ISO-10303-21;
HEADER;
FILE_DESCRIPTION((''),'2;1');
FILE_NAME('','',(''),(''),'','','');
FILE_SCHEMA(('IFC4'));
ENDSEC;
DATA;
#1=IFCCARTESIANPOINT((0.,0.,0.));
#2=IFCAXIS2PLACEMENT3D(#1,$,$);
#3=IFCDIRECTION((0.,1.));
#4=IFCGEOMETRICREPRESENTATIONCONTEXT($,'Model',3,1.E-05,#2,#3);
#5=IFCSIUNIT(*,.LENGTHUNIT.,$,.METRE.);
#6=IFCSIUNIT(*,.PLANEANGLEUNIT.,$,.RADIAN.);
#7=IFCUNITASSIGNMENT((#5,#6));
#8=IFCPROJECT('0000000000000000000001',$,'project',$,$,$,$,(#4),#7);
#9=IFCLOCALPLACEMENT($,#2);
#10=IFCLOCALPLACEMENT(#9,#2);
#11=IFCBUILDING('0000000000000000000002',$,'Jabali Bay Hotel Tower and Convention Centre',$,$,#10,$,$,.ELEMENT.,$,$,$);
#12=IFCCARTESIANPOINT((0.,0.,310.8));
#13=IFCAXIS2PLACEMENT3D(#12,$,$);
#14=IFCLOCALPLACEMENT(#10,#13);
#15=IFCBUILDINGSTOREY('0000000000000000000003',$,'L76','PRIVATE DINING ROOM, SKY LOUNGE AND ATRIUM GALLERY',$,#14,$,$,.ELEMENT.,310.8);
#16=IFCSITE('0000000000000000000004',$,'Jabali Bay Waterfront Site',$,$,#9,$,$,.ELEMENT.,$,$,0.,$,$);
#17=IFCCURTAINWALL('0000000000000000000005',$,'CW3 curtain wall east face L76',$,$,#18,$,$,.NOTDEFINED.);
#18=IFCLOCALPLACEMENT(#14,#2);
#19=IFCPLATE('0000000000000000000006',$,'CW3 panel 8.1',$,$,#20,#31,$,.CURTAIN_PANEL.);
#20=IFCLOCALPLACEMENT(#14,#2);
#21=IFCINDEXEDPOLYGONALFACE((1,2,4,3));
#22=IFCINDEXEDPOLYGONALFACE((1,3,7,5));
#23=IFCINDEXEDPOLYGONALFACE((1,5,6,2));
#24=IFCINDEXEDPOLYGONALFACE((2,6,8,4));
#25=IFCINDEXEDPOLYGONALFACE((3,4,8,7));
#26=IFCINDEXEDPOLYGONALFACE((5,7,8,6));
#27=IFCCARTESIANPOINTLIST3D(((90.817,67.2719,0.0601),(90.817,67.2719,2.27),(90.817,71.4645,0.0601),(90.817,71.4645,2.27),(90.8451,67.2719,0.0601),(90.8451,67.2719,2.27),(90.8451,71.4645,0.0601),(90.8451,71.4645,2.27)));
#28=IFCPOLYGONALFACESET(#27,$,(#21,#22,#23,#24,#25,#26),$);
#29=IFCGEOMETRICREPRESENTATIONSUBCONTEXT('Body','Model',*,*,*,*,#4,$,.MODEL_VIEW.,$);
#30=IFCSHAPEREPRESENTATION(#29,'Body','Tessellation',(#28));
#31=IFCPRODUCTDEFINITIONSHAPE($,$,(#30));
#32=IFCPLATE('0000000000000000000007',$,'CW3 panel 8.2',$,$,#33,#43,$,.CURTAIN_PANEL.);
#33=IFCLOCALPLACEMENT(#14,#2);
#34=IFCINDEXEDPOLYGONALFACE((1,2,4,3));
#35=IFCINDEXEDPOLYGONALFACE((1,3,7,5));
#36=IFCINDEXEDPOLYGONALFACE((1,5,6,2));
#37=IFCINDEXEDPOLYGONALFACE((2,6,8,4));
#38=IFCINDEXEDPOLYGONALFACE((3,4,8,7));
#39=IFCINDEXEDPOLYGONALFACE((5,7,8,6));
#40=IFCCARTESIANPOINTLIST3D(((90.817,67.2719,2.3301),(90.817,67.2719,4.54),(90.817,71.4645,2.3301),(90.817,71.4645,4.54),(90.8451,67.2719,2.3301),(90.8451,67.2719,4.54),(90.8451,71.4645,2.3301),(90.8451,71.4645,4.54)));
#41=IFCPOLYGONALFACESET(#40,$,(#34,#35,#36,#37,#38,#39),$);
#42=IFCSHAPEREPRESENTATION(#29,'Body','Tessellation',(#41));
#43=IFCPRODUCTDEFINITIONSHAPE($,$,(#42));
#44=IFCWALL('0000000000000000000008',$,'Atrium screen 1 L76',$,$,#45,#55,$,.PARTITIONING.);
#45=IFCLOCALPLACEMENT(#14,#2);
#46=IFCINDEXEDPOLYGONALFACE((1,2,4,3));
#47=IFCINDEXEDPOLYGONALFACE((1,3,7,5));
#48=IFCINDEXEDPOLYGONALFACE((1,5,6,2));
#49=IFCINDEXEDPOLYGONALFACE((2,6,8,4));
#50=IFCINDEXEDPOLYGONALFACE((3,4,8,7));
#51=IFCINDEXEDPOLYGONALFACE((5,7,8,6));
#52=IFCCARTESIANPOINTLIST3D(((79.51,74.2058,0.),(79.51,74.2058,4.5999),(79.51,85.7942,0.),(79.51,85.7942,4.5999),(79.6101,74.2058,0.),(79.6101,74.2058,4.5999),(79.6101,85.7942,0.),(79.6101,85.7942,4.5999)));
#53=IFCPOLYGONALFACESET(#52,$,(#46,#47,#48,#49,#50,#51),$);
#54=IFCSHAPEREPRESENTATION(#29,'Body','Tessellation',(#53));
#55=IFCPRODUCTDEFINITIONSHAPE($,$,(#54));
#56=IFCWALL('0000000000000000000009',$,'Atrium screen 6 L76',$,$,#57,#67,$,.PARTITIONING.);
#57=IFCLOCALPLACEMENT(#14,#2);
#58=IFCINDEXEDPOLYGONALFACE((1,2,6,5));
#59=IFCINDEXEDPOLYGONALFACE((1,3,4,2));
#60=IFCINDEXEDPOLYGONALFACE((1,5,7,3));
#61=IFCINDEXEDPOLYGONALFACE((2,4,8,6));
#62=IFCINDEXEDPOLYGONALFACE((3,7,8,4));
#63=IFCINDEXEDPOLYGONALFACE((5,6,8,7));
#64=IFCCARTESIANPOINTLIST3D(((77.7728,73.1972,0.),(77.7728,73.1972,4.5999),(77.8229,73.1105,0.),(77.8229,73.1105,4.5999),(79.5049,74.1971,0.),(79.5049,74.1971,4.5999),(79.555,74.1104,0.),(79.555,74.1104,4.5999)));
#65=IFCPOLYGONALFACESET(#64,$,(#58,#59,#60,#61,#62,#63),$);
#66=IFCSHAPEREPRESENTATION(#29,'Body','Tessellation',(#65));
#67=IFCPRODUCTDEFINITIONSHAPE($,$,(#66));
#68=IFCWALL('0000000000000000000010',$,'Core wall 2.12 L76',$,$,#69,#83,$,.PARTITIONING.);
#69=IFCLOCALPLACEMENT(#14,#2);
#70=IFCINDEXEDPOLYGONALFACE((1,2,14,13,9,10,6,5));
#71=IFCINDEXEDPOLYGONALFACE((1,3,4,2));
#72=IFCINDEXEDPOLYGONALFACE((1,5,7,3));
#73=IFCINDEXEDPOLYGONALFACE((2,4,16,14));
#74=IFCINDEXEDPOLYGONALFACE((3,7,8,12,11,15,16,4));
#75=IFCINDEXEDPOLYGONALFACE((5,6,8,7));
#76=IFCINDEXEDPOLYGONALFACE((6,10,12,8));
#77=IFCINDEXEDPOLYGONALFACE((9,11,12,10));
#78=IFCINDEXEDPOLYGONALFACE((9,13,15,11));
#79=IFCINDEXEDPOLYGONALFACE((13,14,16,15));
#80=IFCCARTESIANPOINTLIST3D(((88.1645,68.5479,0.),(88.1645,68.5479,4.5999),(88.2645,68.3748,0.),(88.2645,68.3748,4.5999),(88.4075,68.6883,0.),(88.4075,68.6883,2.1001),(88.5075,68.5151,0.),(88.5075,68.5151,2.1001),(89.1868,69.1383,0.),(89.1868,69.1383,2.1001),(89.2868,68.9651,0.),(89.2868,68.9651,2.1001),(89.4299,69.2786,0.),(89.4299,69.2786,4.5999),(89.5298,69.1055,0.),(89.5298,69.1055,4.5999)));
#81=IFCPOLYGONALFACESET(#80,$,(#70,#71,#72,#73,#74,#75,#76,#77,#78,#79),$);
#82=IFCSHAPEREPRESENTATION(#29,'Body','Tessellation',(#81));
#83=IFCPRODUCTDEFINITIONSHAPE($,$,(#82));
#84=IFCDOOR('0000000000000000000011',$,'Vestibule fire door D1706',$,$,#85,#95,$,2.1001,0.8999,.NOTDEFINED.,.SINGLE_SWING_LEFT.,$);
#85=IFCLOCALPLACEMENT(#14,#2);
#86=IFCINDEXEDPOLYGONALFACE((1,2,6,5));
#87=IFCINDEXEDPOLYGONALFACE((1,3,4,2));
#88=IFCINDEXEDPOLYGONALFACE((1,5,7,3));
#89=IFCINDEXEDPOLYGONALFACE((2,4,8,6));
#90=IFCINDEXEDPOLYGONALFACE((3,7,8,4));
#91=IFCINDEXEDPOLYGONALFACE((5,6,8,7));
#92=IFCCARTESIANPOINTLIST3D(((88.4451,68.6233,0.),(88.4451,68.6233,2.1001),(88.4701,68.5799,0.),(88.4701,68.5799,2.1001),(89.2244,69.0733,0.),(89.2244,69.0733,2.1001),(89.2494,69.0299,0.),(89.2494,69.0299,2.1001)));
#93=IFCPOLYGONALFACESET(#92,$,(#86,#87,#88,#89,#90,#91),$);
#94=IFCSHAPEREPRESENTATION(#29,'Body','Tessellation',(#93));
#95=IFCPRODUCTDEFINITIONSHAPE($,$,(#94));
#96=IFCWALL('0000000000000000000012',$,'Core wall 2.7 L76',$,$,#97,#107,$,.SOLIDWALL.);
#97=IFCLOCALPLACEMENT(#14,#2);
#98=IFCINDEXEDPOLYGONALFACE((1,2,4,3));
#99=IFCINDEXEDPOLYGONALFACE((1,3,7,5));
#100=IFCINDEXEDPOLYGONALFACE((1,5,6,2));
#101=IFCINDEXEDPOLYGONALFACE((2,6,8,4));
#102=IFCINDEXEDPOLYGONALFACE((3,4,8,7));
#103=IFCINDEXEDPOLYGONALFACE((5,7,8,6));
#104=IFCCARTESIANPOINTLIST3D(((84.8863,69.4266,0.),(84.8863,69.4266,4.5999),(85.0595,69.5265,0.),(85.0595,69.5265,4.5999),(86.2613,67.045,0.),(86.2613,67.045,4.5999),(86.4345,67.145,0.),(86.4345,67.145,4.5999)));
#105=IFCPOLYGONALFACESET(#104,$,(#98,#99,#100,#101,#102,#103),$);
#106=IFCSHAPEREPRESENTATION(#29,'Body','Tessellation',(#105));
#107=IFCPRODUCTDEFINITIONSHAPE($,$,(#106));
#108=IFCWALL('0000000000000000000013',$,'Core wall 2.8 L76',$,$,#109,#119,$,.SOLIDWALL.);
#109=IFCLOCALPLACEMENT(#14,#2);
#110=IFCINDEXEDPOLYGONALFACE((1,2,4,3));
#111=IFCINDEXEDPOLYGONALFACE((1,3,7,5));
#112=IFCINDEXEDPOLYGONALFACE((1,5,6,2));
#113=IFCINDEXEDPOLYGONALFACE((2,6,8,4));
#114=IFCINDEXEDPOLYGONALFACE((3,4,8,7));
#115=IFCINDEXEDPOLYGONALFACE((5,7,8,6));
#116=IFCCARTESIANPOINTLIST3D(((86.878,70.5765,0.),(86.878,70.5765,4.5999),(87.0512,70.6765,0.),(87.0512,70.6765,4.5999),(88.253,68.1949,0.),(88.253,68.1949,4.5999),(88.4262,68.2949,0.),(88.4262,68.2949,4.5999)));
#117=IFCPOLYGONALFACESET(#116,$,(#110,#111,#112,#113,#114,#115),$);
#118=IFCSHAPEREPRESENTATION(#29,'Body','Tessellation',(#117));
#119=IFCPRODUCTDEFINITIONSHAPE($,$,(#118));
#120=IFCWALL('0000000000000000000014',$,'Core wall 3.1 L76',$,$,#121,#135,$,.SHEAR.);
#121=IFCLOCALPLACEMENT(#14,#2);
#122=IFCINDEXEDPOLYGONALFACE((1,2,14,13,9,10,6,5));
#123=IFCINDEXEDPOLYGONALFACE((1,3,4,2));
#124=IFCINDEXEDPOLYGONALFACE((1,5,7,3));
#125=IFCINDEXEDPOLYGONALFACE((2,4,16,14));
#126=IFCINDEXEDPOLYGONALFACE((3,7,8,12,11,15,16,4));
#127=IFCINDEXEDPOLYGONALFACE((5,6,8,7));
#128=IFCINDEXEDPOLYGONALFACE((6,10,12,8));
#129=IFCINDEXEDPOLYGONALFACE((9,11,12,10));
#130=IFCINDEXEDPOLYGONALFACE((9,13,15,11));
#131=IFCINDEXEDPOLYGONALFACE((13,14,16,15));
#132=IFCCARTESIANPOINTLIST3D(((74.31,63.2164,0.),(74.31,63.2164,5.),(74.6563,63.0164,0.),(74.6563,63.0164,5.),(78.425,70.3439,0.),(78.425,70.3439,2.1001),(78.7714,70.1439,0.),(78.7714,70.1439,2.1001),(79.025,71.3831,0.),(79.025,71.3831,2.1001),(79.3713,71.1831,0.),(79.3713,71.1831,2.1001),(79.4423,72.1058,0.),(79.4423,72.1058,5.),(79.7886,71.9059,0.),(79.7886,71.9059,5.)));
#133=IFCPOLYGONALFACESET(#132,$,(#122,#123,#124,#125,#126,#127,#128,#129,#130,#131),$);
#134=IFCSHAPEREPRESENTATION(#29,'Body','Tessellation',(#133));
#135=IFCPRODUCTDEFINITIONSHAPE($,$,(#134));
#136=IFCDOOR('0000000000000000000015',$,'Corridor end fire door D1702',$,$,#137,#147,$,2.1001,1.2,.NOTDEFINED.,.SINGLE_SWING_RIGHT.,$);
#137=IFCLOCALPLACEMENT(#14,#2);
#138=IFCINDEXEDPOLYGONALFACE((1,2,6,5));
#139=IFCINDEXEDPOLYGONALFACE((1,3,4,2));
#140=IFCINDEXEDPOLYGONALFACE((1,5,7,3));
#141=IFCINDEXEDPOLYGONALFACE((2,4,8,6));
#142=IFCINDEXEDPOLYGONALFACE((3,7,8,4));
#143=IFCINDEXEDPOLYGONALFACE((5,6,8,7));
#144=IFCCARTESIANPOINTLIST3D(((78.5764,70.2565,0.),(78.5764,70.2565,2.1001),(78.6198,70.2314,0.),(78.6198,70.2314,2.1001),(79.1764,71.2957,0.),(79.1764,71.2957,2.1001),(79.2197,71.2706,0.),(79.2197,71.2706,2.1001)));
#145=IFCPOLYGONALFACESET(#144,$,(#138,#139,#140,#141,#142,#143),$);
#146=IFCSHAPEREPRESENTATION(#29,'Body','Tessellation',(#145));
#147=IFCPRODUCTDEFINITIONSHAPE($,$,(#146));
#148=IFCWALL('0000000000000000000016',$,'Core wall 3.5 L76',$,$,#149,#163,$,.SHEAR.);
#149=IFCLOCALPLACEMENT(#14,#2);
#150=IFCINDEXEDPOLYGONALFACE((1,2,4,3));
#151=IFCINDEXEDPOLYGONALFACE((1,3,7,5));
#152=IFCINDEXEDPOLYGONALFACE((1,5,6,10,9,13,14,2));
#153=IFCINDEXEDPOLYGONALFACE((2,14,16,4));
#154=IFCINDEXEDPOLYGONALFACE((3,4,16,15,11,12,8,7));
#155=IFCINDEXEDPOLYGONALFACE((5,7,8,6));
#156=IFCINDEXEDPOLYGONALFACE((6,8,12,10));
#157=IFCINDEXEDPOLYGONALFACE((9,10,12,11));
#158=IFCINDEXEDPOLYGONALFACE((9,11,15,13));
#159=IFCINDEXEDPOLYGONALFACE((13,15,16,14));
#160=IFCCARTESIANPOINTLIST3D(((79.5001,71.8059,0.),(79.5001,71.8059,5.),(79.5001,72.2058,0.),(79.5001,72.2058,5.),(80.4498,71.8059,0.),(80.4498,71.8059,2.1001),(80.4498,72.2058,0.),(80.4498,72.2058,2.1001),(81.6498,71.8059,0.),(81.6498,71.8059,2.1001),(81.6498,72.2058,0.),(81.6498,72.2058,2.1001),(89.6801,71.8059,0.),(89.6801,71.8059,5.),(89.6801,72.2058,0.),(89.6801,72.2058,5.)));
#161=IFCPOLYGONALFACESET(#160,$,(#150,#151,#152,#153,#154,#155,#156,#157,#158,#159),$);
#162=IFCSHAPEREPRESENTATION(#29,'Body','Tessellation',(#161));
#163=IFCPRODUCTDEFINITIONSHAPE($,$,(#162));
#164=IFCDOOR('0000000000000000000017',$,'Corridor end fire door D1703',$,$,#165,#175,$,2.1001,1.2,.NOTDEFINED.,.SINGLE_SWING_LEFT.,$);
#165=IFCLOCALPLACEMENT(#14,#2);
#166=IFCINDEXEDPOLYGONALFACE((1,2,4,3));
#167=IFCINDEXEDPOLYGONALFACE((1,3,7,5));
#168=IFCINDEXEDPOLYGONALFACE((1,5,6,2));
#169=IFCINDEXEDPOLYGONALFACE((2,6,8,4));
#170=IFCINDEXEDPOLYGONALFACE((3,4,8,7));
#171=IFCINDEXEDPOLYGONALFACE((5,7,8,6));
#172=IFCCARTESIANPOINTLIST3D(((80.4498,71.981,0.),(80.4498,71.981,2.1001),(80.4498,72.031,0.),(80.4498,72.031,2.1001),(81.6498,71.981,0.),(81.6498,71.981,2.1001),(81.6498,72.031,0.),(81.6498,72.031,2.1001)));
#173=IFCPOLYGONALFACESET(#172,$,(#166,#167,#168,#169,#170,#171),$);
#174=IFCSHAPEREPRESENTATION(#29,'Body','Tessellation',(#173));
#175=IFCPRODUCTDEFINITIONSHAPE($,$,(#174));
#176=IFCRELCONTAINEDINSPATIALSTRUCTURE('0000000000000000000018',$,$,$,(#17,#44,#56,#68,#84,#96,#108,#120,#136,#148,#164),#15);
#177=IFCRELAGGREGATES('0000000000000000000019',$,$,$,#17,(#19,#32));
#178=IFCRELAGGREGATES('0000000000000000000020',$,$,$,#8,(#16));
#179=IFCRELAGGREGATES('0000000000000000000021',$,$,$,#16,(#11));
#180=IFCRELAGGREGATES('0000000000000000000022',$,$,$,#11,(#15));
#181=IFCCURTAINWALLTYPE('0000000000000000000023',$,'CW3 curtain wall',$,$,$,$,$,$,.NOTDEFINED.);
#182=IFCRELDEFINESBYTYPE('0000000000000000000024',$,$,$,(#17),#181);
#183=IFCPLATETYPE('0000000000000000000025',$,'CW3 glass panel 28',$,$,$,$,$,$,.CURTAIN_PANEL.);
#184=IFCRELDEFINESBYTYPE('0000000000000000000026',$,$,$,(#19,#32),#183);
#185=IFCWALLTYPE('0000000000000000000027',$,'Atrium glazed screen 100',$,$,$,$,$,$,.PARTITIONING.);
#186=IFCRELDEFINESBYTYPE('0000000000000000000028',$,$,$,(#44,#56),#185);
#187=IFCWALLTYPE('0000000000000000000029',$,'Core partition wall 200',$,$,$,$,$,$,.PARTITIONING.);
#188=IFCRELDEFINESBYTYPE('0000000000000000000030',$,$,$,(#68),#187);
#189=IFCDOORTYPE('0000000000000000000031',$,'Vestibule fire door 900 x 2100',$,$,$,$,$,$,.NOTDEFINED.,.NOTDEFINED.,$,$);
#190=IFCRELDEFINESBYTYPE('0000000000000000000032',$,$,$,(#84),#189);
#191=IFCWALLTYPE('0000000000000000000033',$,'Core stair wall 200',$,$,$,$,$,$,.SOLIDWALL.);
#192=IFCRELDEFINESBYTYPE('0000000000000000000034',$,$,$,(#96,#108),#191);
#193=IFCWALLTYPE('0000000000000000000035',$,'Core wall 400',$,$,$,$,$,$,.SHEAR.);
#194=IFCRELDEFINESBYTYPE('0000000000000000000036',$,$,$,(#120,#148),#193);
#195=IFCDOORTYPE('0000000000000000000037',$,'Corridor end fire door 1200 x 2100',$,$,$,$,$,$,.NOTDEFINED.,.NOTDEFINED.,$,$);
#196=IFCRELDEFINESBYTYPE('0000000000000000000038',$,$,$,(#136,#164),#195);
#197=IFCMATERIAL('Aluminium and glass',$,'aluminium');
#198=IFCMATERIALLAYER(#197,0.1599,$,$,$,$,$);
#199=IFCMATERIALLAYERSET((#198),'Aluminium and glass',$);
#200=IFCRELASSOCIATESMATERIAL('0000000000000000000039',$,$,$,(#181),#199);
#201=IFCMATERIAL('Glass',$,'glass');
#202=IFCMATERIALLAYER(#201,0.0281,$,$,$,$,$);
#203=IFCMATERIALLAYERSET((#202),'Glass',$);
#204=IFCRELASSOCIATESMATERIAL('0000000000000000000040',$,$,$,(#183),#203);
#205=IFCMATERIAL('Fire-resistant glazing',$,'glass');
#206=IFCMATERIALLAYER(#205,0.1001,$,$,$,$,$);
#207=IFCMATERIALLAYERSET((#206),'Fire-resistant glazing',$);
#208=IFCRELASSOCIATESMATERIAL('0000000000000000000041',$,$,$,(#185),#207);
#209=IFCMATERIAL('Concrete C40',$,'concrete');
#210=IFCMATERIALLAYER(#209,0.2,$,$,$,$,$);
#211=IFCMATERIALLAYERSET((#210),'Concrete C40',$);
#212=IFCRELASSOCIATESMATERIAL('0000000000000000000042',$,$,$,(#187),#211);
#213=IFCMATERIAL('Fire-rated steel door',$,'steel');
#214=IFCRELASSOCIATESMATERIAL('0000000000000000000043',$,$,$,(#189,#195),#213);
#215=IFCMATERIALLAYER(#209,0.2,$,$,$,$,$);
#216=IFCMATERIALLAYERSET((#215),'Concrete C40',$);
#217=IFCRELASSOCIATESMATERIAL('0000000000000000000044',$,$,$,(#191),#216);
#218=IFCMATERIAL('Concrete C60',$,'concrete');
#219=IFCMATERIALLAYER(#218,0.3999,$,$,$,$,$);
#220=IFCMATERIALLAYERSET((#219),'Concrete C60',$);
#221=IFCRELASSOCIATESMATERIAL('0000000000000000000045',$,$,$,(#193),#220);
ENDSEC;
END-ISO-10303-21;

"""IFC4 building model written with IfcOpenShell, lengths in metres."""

from ifc_helpers import new_model, si_unit, direction, frame, frame_2d, origin, origin_2d, place, context, subcontext, project, spatial, rectangle, extrude, material, layer, layer_set, type_object, element, fill, aggregate, save


model = new_model("IFC4")

# Units and contexts
model_context = context("Model", 3, precision=1e-05, world=origin(), true_north=direction((0.0, 1.0)))
body_context = subcontext(model_context, "Body", "Model", "MODEL_VIEW")
ifc_project = project(units=[si_unit("LENGTHUNIT", "METRE"), si_unit("PLANEANGLEUNIT", "RADIAN")], contexts=[model_context])

# Site, building, storey
site_placement = place(None, origin())
site = spatial("IfcSite", under=ifc_project, at=site_placement, Name="Jabali Bay Waterfront Site", CompositionType="ELEMENT", RefElevation=0.0)
building_placement = place(site_placement, origin())
building = spatial("IfcBuilding", under=site, at=building_placement, Name="Jabali Bay Hotel Tower and Convention Centre", CompositionType="ELEMENT")
storey_placement = place(building_placement, frame((0.0, 0.0, 310.8)))
storey = spatial("IfcBuildingStorey", under=building, at=storey_placement, Name="L76", Description="PRIVATE DINING ROOM, SKY LOUNGE AND ATRIUM GALLERY", CompositionType="ELEMENT", Elevation=310.8)

# Shared definitions
ifc_material_1 = material(Name="Concrete C60", Category="concrete")

# Curtain wall
ifc_material_2 = material(Name="Aluminium and glass", Category="aluminium")
ifc_layer_1 = layer(ifc_material_2, 0.1599)
ifc_layer_set_1 = layer_set([ifc_layer_1], Name="Aluminium and glass")
curtain_wall_type = type_object("IfcCurtainWallType", Name="CW3 curtain wall", PredefinedType="NOTDEFINED", material=ifc_layer_set_1)
curtain_wall_placement = place(storey_placement, origin())
curtain_wall = element("IfcCurtainWall", 1, at=curtain_wall_placement, inside=storey, type_object=curtain_wall_type, Name="CW3 curtain wall east face L76", PredefinedType="NOTDEFINED")

# Plates
ifc_material_3 = material(Name="Glass", Category="glass")
ifc_layer_2 = layer(ifc_material_3, 0.0281)
ifc_layer_set_2 = layer_set([ifc_layer_2], Name="Glass")
plate_type = type_object("IfcPlateType", Name="CW3 glass panel 28", PredefinedType="CURTAIN_PANEL", material=ifc_layer_set_2)
plate_1_placement = place(storey_placement, frame((90.8311, 69.3682, 0.0601), z_axis=(0.0, 0.0, 1.0), x_axis=(0.0, -1.0, 0.0)))
plate_1 = element("IfcPlate", 2, at=plate_1_placement, type_object=plate_type, Name="CW3 panel 8.1", PredefinedType="CURTAIN_PANEL", context=body_context, shape_type="SweptSolid", body=[
    extrude(rectangle(XDim=4.1926, YDim=0.0281, at=origin_2d()), origin(), (0.0, 0.0, 1.0), 2.21),
])
plate_2_placement = place(storey_placement, frame((90.8311, 69.3682, 2.3301), z_axis=(0.0, 0.0, 1.0), x_axis=(0.0, -1.0, 0.0)))
plate_2 = element("IfcPlate", 3, at=plate_2_placement, type_object=plate_type, Name="CW3 panel 8.2", PredefinedType="CURTAIN_PANEL", context=body_context, shape_type="SweptSolid", body=[
    extrude(rectangle(XDim=4.1926, YDim=0.0281, at=origin_2d()), origin(), (0.0, 0.0, 1.0), 2.21),
])
aggregate(curtain_wall, [plate_1, plate_2])

# Walls
ifc_material_4 = material(Name="Fire-resistant glazing", Category="glass")
ifc_layer_3 = layer(ifc_material_4, 0.1001)
ifc_layer_set_3 = layer_set([ifc_layer_3], Name="Fire-resistant glazing")
wall_type_1 = type_object("IfcWallType", Name="Atrium glazed screen 100", PredefinedType="PARTITIONING", material=ifc_layer_set_3)
wall_1_placement = place(storey_placement, frame((79.5601, 74.2058, 0.0), z_axis=(0.0, 0.0, 1.0), x_axis=(0.0, 1.0, 0.0)))
element("IfcWall", 4, at=wall_1_placement, inside=storey, type_object=wall_type_1, Name="Atrium screen 1 L76", PredefinedType="PARTITIONING", context=body_context, shape_type="SweptSolid", body=[
    extrude(rectangle(XDim=11.5884, YDim=0.1001, at=frame_2d((5.7942, 0.0))), origin(), (0.0, 0.0, 1.0), 4.5999),
])
wall_2_placement = place(storey_placement, frame((77.7979, 73.1538, 0.0), z_axis=(0.0, 0.0, 1.0), x_axis=(0.866041, 0.499973, 0.0)))
element("IfcWall", 5, at=wall_2_placement, inside=storey, type_object=wall_type_1, Name="Atrium screen 6 L76", PredefinedType="PARTITIONING", context=body_context, shape_type="SweptSolid", body=[
    extrude(rectangle(XDim=2.0, YDim=0.1001, at=frame_2d((1.0, 0.0))), origin(), (0.0, 0.0, 1.0), 4.5999),
])

# Wall, opening, door
ifc_material_5 = material(Name="Concrete C40", Category="concrete")
ifc_layer_4 = layer(ifc_material_5, 0.2)
ifc_layer_set_4 = layer_set([ifc_layer_4], Name="Concrete C40")
wall_type_2 = type_object("IfcWallType", Name="Core partition wall 200", PredefinedType="PARTITIONING", material=ifc_layer_set_4)
wall_3_placement = place(storey_placement, frame((88.2146, 68.4614, 0.0), z_axis=(0.0, 0.0, 1.0), x_axis=(0.865982, 0.500074, 0.0)))
wall_3 = element("IfcWall", 6, at=wall_3_placement, inside=storey, type_object=wall_type_2, Name="Core wall 2.12 L76", PredefinedType="PARTITIONING", context=body_context, shape_type="SweptSolid", body=[
    extrude(rectangle(XDim=1.4612, YDim=0.2, at=frame_2d((0.7305, 0.0))), origin(), (0.0, 0.0, 1.0), 4.5999),
])
opening_1_placement = place(wall_3_placement, frame((0.2805, 0.0, 0.0)))
opening_1 = element("IfcOpeningElement", 7, at=opening_1_placement, cuts=wall_3, PredefinedType="OPENING", context=body_context, shape_type="SweptSolid", body=[
    extrude(rectangle(XDim=0.8999, YDim=2.1001, at=frame_2d((0.45, 1.05))), frame((0.0, 0.1104, 0.0), z_axis=(0.0, -1.0, 0.0), x_axis=(1.0, 0.0, 0.0)), (0.0, 0.0, 1.0), 0.2209),
])
ifc_material_6 = material(Name="Fire-rated steel door", Category="steel")
door_type_1 = type_object("IfcDoorType", Name="Vestibule fire door 900 x 2100", OperationType="NOTDEFINED", PredefinedType="NOTDEFINED", material=ifc_material_6)
door_1_placement = place(opening_1_placement, origin())
door_1 = element("IfcDoor", 8, at=door_1_placement, inside=storey, type_object=door_type_1, Name="Vestibule fire door D1706", OperationType="SINGLE_SWING_LEFT", OverallHeight=2.1001, OverallWidth=0.8999, PredefinedType="NOTDEFINED", context=body_context, shape_type="SweptSolid", body=[
    extrude(rectangle(XDim=0.8999, YDim=2.1001, at=frame_2d((0.45, 1.05))), frame((0.0, 0.0249, 0.0), z_axis=(0.0, -1.0, 0.0), x_axis=(1.0, 0.0, 0.0)), (0.0, 0.0, 1.0), 0.05),
])
fill(opening_1, door_1)

# Walls
ifc_layer_5 = layer(ifc_material_5, 0.2)
ifc_layer_set_5 = layer_set([ifc_layer_5], Name="Concrete C40")
wall_type_3 = type_object("IfcWallType", Name="Core stair wall 200", PredefinedType="SOLIDWALL", material=ifc_layer_set_5)
for number, where, z_axis, x_axis, name in (
    (9, (84.9729, 69.4766, 0.0), (0.0, 0.0, 1.0), (0.499997, -0.866027, 0.0), "Core wall 2.7 L76"),
    (10, (86.9646, 70.6265, 0.0), (0.0, 0.0, 1.0), (0.499997, -0.866027, 0.0), "Core wall 2.8 L76"),
):
    element("IfcWall", number, at=place(storey_placement, frame(where, z_axis=z_axis, x_axis=x_axis)), inside=storey, type_object=wall_type_3, Name=name, PredefinedType="SOLIDWALL", context=body_context, shape_type="SweptSolid", body=[
        extrude(rectangle(XDim=2.75, YDim=0.2, at=frame_2d((1.375, 0.0))), origin(), (0.0, 0.0, 1.0), 4.5999),
    ])

# Walls, openings, doors
ifc_layer_6 = layer(ifc_material_1, 0.3999)
ifc_layer_set_6 = layer_set([ifc_layer_6], Name="Concrete C60")
wall_type_4 = type_object("IfcWallType", Name="Core wall 400", PredefinedType="SHEAR", material=ifc_layer_set_6)
wall_4_placement = place(storey_placement, frame((79.6155, 72.0059, 0.0), z_axis=(0.0, 0.0, 1.0), x_axis=(-0.500002, -0.866024, 0.0)))
wall_4 = element("IfcWall", 11, at=wall_4_placement, inside=storey, type_object=wall_type_4, Name="Core wall 3.1 L76", PredefinedType="SHEAR", context=body_context, shape_type="SweptSolid", body=[
    extrude(rectangle(XDim=10.2646, YDim=0.3999, at=frame_2d((5.1323, 0.0))), origin(), (0.0, 0.0, 1.0), 5.0),
])
opening_2_placement = place(wall_4_placement, frame((0.8345, 0.0, 0.0)))
opening_2 = element("IfcOpeningElement", 12, at=opening_2_placement, cuts=wall_4, PredefinedType="OPENING", context=body_context, shape_type="SweptSolid", body=[
    extrude(rectangle(XDim=1.2, YDim=2.1001, at=frame_2d((0.6001, 1.05))), frame((0.0, 0.2104, 0.0), z_axis=(0.0, -1.0, 0.0), x_axis=(1.0, 0.0, 0.0)), (0.0, 0.0, 1.0), 0.4209),
])
door_type_2 = type_object("IfcDoorType", Name="Corridor end fire door 1200 x 2100", OperationType="NOTDEFINED", PredefinedType="NOTDEFINED", material=ifc_material_6)
door_2_placement = place(opening_2_placement, origin())
door_2 = element("IfcDoor", 13, at=door_2_placement, inside=storey, type_object=door_type_2, Name="Corridor end fire door D1702", OperationType="SINGLE_SWING_RIGHT", OverallHeight=2.1001, OverallWidth=1.2, PredefinedType="NOTDEFINED", context=body_context, shape_type="SweptSolid", body=[
    extrude(rectangle(XDim=1.2, YDim=2.1001, at=frame_2d((0.6001, 1.05))), frame((0.0, 0.0249, 0.0), z_axis=(0.0, -1.0, 0.0), x_axis=(1.0, 0.0, 0.0)), (0.0, 0.0, 1.0), 0.05),
])
fill(opening_2, door_2)
wall_5_placement = place(storey_placement, frame((89.6799, 72.0059, 0.0), z_axis=(0.0, 0.0, 1.0), x_axis=(-1.0, 0.0, 0.0)))
wall_5 = element("IfcWall", 14, at=wall_5_placement, inside=storey, type_object=wall_type_4, Name="Core wall 3.5 L76", PredefinedType="SHEAR", context=body_context, shape_type="SweptSolid", body=[
    extrude(rectangle(XDim=10.1799, YDim=0.3999, at=frame_2d((5.0898, 0.0))), origin(), (0.0, 0.0, 1.0), 5.0),
])
opening_3_placement = place(wall_5_placement, frame((8.03, 0.0, 0.0)))
opening_3 = element("IfcOpeningElement", 15, at=opening_3_placement, cuts=wall_5, PredefinedType="OPENING", context=body_context, shape_type="SweptSolid", body=[
    extrude(rectangle(XDim=1.2, YDim=2.1001, at=frame_2d((0.6001, 1.05))), frame((0.0, 0.2104, 0.0), z_axis=(0.0, -1.0, 0.0), x_axis=(1.0, 0.0, 0.0)), (0.0, 0.0, 1.0), 0.4209),
])
door_3_placement = place(opening_3_placement, origin())
door_3 = element("IfcDoor", 16, at=door_3_placement, inside=storey, type_object=door_type_2, Name="Corridor end fire door D1703", OperationType="SINGLE_SWING_LEFT", OverallHeight=2.1001, OverallWidth=1.2, PredefinedType="NOTDEFINED", context=body_context, shape_type="SweptSolid", body=[
    extrude(rectangle(XDim=1.2, YDim=2.1001, at=frame_2d((0.6001, 1.05))), frame((0.0, 0.0249, 0.0), z_axis=(0.0, -1.0, 0.0), x_axis=(1.0, 0.0, 0.0)), (0.0, 0.0, 1.0), 0.05),
])
fill(opening_3, door_3)

save(model, "model.ifc")
